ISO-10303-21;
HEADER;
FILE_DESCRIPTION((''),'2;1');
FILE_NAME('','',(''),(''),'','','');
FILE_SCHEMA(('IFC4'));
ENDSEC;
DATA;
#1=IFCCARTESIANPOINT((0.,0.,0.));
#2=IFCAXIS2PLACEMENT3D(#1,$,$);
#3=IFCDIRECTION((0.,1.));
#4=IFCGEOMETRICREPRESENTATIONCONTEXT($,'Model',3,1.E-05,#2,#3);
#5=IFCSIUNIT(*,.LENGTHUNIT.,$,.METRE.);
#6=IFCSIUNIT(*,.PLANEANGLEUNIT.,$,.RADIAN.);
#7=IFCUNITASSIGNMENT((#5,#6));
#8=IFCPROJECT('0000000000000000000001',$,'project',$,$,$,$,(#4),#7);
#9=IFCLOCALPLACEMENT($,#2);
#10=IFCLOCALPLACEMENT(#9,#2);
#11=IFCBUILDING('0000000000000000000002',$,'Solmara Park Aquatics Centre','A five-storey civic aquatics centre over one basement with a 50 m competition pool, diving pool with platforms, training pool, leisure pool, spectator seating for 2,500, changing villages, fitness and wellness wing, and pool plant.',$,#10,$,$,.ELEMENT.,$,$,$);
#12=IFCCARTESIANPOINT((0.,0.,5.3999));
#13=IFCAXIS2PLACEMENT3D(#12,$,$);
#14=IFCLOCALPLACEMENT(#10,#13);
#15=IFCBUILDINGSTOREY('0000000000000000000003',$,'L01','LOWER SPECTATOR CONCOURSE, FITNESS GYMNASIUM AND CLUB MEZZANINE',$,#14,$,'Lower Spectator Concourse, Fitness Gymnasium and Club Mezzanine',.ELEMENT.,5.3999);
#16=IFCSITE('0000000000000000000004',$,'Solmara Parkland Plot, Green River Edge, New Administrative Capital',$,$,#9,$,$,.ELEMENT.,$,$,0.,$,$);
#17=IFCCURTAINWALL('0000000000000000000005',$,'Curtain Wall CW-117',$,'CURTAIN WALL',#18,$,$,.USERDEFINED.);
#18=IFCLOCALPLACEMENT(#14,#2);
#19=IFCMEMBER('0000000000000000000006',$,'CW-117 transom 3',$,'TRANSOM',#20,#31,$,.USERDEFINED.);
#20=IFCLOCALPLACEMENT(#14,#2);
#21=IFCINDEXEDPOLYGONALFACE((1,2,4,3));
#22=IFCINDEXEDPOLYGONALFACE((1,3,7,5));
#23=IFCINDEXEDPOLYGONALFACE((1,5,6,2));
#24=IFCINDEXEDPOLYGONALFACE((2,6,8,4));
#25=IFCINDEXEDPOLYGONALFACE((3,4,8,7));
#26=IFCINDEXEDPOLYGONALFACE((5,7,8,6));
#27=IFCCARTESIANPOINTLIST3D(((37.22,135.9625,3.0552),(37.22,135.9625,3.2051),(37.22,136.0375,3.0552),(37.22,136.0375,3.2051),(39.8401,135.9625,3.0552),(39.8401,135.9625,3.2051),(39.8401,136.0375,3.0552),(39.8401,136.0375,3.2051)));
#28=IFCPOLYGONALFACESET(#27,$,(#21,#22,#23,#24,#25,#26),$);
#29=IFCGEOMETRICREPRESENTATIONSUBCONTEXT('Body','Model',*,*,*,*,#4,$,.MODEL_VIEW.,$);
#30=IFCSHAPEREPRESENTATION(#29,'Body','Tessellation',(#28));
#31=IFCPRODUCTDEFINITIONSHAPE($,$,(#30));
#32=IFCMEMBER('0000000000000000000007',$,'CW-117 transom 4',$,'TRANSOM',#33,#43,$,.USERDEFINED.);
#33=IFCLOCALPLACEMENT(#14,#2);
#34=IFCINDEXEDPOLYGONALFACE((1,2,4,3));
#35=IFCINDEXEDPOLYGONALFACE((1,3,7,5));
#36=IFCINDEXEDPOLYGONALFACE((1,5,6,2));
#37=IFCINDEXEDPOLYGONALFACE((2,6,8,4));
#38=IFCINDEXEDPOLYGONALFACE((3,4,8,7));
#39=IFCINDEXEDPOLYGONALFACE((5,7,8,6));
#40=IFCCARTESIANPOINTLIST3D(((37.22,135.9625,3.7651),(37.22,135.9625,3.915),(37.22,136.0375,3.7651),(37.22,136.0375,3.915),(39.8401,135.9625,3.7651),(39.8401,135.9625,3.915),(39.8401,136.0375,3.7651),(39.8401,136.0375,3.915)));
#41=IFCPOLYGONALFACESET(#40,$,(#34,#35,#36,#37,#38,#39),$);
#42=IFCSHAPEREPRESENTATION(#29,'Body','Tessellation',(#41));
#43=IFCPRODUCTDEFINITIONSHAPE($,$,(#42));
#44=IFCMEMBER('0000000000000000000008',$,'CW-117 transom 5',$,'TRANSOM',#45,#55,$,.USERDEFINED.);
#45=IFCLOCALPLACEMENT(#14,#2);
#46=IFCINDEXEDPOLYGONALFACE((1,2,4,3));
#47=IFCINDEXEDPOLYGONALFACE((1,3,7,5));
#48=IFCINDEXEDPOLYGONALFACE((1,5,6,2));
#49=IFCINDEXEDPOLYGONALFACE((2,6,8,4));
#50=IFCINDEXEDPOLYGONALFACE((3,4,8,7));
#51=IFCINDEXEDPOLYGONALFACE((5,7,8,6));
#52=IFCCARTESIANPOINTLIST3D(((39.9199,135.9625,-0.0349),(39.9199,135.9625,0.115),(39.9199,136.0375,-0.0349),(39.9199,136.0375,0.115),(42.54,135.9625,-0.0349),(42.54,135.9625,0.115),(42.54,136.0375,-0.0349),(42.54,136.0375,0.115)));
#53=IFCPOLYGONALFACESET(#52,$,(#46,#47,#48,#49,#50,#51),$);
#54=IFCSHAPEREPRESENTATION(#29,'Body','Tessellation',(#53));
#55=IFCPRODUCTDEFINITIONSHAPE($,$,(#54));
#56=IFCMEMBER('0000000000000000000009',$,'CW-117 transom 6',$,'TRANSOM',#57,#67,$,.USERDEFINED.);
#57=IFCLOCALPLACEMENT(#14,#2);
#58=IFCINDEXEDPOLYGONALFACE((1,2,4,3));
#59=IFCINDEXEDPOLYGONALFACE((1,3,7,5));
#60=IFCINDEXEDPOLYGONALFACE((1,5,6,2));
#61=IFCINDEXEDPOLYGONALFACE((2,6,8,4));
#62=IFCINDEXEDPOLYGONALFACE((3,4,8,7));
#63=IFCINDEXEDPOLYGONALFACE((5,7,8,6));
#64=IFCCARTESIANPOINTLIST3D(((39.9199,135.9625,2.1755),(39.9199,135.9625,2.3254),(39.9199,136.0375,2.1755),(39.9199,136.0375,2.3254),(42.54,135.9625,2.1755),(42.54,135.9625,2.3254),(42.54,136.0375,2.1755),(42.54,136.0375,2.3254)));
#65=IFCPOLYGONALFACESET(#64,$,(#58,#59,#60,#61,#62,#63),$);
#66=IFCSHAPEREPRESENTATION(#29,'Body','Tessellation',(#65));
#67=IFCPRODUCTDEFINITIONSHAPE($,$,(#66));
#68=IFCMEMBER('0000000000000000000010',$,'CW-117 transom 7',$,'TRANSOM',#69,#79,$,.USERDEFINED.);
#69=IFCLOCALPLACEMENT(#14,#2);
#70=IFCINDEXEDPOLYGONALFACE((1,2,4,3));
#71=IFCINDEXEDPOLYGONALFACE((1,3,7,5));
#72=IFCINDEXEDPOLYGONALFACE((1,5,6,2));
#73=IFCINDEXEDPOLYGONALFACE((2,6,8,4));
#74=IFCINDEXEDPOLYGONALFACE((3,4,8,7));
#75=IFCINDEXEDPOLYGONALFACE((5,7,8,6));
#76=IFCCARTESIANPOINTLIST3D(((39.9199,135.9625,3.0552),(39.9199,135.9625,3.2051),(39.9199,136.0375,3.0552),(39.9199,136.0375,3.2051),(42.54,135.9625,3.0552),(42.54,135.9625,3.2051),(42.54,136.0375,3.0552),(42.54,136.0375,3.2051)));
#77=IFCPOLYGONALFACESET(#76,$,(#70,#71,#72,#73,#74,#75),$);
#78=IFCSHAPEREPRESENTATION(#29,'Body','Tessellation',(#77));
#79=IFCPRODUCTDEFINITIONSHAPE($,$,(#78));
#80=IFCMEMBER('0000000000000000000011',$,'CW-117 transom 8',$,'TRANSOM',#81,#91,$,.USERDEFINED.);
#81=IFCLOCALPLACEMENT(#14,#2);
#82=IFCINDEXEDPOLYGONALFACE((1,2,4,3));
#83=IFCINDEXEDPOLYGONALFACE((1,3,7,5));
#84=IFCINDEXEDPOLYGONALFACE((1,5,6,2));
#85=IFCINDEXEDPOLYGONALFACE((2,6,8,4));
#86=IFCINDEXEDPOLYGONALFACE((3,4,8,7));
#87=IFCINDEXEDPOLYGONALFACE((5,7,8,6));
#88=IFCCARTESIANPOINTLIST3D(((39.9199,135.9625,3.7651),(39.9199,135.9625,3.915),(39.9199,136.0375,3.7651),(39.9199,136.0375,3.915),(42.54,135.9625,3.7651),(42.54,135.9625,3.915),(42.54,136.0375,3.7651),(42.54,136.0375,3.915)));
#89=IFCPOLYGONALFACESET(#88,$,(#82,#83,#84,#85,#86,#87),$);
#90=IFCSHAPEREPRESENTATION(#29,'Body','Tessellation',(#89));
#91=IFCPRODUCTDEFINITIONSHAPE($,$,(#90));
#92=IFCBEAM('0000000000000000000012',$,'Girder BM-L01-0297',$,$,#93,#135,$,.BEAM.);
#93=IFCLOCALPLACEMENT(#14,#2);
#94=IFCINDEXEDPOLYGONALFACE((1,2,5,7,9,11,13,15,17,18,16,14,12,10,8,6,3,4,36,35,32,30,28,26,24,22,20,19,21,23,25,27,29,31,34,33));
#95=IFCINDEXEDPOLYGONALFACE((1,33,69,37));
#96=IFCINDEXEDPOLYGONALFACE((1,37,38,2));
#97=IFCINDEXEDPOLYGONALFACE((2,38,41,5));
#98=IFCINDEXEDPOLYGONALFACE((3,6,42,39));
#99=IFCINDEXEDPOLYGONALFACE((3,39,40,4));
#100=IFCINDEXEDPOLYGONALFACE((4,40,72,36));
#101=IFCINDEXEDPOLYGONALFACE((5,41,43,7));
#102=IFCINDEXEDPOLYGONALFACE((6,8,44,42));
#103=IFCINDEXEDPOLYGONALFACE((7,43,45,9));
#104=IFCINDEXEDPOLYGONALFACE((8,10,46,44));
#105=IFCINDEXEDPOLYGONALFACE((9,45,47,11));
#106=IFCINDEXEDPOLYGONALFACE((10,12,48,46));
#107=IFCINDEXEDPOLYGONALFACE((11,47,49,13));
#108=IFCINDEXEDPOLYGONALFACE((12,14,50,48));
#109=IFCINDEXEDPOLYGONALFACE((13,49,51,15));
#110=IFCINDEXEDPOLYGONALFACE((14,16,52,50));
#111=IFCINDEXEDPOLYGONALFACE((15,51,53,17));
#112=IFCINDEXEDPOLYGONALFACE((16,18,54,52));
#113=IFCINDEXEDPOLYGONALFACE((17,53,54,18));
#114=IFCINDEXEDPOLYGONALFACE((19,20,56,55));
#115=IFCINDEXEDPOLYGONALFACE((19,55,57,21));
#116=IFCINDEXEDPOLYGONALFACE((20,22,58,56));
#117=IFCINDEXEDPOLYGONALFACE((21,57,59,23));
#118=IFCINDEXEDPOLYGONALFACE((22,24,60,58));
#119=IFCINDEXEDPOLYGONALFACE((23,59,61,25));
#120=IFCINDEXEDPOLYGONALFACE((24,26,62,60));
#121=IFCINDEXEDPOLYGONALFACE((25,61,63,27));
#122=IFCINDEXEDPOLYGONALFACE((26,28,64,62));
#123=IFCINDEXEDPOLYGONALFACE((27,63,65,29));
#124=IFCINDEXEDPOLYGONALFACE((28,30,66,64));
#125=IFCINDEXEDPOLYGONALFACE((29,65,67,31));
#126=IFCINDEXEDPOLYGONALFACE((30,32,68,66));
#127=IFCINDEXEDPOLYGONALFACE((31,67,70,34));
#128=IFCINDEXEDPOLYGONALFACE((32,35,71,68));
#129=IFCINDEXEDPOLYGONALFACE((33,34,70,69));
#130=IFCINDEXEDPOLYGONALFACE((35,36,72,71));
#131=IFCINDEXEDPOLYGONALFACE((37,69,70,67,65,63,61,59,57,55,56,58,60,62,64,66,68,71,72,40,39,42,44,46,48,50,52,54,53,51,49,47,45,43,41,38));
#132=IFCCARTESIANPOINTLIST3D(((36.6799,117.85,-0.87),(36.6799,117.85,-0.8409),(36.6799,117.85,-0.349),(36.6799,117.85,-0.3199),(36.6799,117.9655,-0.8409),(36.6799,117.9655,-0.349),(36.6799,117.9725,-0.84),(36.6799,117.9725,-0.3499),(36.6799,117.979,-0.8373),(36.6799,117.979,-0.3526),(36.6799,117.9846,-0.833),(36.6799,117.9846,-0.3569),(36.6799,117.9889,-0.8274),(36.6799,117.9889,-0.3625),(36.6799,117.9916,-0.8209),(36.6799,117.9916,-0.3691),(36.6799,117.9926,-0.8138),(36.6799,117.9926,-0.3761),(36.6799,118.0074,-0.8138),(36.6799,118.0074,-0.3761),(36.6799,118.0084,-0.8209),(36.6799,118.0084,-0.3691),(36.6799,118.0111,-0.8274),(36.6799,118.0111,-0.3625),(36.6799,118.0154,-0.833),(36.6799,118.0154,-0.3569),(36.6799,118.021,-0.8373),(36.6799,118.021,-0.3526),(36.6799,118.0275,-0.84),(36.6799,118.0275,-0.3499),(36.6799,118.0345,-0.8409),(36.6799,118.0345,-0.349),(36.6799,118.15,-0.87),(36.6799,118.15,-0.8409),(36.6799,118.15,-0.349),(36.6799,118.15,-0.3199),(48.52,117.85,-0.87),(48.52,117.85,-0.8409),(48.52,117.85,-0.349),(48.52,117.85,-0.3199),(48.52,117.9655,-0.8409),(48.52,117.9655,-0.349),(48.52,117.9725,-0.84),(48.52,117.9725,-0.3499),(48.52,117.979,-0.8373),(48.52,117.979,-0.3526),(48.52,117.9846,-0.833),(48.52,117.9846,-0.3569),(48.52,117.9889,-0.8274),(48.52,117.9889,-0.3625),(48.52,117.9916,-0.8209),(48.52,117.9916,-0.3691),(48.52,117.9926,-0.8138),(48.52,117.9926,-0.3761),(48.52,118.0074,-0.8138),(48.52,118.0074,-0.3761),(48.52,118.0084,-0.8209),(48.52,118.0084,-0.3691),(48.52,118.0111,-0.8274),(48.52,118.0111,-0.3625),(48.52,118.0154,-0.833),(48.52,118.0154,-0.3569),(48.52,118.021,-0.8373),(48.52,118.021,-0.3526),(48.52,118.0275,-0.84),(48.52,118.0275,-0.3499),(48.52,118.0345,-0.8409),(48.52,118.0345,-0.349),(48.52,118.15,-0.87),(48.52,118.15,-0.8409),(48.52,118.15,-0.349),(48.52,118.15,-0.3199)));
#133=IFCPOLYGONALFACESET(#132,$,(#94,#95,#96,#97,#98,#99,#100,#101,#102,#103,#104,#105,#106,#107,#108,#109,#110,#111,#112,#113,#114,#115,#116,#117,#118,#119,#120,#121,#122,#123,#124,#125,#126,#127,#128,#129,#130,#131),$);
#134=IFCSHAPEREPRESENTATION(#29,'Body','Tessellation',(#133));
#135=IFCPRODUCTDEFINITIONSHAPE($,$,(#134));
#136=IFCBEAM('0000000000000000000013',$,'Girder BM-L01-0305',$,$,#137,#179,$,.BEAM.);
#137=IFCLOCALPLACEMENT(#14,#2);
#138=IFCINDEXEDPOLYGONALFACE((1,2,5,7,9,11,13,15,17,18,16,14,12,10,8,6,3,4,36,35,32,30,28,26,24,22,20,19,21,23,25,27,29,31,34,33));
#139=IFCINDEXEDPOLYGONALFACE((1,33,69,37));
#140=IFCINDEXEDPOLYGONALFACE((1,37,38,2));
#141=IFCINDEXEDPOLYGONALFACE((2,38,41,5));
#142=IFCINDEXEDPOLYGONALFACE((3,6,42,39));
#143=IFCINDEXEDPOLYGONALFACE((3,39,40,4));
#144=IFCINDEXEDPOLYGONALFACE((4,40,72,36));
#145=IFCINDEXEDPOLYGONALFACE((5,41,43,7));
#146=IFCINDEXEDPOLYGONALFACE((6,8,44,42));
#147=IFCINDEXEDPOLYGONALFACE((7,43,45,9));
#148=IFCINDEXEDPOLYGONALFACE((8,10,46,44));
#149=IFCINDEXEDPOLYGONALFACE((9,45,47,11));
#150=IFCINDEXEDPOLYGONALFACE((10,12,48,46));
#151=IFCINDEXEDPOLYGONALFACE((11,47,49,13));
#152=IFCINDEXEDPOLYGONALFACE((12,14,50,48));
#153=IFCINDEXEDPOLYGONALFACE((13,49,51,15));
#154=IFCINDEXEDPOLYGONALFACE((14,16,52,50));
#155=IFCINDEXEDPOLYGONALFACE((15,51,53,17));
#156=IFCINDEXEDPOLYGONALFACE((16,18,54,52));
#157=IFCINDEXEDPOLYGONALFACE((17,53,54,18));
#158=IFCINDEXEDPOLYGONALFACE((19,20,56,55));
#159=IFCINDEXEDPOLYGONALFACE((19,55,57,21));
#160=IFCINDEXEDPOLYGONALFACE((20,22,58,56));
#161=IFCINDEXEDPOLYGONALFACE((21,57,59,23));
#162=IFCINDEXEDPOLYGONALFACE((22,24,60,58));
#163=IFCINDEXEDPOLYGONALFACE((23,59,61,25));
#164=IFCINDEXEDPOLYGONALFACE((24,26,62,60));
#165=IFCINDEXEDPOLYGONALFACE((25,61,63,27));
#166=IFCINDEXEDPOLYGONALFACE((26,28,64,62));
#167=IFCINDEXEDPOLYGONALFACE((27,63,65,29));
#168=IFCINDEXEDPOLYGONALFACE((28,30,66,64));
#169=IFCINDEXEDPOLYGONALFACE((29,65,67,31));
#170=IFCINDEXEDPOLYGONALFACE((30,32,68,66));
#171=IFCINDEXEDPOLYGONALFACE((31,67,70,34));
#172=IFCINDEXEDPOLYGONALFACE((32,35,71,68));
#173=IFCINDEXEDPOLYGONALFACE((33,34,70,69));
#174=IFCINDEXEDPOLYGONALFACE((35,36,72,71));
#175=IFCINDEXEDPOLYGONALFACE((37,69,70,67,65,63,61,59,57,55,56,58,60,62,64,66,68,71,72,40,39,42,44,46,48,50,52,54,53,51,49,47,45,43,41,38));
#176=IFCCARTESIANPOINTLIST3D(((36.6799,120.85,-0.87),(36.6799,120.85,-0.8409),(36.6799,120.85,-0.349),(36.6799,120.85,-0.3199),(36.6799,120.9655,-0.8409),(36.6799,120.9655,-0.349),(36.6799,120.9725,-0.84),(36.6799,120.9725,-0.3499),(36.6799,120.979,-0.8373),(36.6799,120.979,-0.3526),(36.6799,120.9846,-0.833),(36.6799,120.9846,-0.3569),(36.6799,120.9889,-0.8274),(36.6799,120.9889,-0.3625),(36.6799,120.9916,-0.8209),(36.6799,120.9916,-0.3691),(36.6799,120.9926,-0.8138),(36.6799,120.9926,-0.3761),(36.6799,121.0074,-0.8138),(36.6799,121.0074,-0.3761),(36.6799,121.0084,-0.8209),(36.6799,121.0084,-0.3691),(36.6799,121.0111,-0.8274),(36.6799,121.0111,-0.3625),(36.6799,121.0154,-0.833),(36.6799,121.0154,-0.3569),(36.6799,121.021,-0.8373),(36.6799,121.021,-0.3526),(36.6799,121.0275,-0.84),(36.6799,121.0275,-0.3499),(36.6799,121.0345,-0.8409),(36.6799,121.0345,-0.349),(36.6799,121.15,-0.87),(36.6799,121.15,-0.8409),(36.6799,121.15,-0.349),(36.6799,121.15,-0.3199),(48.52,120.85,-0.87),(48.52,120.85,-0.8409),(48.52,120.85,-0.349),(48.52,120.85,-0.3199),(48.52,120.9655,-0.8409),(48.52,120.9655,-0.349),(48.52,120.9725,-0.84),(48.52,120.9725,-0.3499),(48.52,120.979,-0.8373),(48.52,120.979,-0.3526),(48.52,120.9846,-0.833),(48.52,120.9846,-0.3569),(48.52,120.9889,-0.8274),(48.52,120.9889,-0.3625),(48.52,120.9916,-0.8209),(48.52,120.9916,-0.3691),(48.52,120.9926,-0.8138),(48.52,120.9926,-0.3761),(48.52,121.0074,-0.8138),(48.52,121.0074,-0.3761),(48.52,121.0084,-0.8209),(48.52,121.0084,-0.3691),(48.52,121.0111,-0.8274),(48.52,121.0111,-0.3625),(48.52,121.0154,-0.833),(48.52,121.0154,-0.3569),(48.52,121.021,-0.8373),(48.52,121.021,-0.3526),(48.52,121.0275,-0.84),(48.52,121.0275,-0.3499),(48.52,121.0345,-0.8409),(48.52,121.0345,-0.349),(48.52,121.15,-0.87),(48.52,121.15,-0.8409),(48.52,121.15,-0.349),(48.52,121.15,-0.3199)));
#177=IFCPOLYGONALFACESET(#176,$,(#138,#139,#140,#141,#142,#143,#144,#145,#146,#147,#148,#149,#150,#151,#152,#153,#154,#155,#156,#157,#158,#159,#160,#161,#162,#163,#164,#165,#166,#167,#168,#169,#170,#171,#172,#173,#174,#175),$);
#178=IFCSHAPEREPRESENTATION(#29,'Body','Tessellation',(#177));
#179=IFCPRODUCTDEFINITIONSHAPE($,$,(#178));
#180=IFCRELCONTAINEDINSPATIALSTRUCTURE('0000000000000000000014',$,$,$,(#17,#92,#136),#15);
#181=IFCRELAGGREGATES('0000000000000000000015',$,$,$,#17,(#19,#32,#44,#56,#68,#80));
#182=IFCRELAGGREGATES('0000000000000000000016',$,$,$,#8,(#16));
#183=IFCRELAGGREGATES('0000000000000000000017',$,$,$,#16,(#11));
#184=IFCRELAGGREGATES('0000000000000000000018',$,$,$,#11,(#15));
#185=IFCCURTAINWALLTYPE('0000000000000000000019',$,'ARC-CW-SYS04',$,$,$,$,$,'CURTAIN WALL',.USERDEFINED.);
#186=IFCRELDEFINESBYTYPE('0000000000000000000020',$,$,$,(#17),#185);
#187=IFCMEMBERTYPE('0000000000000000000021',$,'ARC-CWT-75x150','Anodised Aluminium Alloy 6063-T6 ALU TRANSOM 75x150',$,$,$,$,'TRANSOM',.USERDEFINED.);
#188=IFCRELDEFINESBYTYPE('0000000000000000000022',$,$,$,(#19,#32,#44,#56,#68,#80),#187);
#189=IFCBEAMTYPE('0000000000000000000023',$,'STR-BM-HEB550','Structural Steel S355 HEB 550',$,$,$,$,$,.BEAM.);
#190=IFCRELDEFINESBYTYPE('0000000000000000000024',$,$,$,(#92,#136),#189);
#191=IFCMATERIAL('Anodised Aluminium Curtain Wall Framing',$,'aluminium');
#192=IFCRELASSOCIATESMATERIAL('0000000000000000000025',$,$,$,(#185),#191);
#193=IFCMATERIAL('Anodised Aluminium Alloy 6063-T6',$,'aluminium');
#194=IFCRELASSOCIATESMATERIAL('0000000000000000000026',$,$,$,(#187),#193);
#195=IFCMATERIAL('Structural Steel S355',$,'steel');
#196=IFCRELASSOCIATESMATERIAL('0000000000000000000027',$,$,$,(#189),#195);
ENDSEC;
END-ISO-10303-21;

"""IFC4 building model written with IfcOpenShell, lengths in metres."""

from ifc_helpers import new_model, si_unit, direction, frame, origin, origin_2d, place, context, subcontext, project, spatial, rectangle, i_section, extrude, material, material_profile, profile_set, type_object, element, aggregate, save


model = new_model("IFC4")

# Units and contexts
model_context = context("Model", 3, precision=1e-05, world=origin(), true_north=direction((0.0, 1.0)))
body_context = subcontext(model_context, "Body", "Model", "MODEL_VIEW")
ifc_project = project(units=[si_unit("LENGTHUNIT", "METRE"), si_unit("PLANEANGLEUNIT", "RADIAN")], contexts=[model_context])

# Site, building, storey
site_placement = place(None, origin())
site = spatial("IfcSite", under=ifc_project, at=site_placement, Name="Solmara Parkland Plot, Green River Edge, New Administrative Capital", CompositionType="ELEMENT", RefElevation=0.0)
building_placement = place(site_placement, origin())
building = spatial("IfcBuilding", under=site, at=building_placement, Name="Solmara Park Aquatics Centre", Description="A five-storey civic aquatics centre over one basement with a 50 m competition pool, diving pool with platforms, training pool, leisure pool, spectator seating for 2,500, changing villages, fitness and wellness wing, and pool plant.", CompositionType="ELEMENT")
storey_placement = place(building_placement, frame((0.0, 0.0, 5.3999)))
storey = spatial("IfcBuildingStorey", under=building, at=storey_placement, Name="L01", Description="LOWER SPECTATOR CONCOURSE, FITNESS GYMNASIUM AND CLUB MEZZANINE", LongName="Lower Spectator Concourse, Fitness Gymnasium and Club Mezzanine", CompositionType="ELEMENT", Elevation=5.3999)

# Shared definitions
ifc_material_1 = material(Name="Structural Steel S355", Category="steel")

# Curtain wall, members
ifc_material_2 = material(Name="Anodised Aluminium Curtain Wall Framing", Category="aluminium")
curtain_wall_type = type_object("IfcCurtainWallType", Name="ARC-CW-SYS04", ElementType="CURTAIN WALL", PredefinedType="USERDEFINED", material=ifc_material_2)
curtain_wall_placement = place(storey_placement, origin())
curtain_wall = element("IfcCurtainWall", 1, at=curtain_wall_placement, inside=storey, type_object=curtain_wall_type, Name="Curtain Wall CW-117", ObjectType="CURTAIN WALL", PredefinedType="USERDEFINED")
ifc_material_3 = material(Name="Anodised Aluminium Alloy 6063-T6", Category="aluminium")
ifc_material_profile_1 = material_profile(ifc_material_3, rectangle(XDim=0.075, YDim=0.1499, at=origin_2d()), Name="ALU TRANSOM 75x150")
ifc_profile_set_1 = profile_set([ifc_material_profile_1], Name="Anodised Aluminium Alloy 6063-T6")
member_type_1 = type_object("IfcMemberType", Name="ARC-CWT-75x150", Description="Anodised Aluminium Alloy 6063-T6 ALU TRANSOM 75x150", ElementType="TRANSOM", PredefinedType="USERDEFINED", material=ifc_profile_set_1)
member_1_placement = place(storey_placement, frame((37.22, 136.0, 3.1301), z_axis=(1.0, 0.0, 0.0), x_axis=(0.0, 1.0, 0.0)))
member_1 = element("IfcMember", 2, at=member_1_placement, type_object=member_type_1, Name="CW-117 transom 3", ObjectType="TRANSOM", PredefinedType="USERDEFINED", context=body_context, shape_type="SweptSolid", body=[
    extrude(rectangle(XDim=0.075, YDim=0.1499, at=origin_2d()), origin(), (0.0, 0.0, 1.0), 2.6201),
])
member_2_placement = place(storey_placement, frame((37.22, 136.0, 3.8401), z_axis=(1.0, 0.0, 0.0), x_axis=(0.0, 1.0, 0.0)))
member_2 = element("IfcMember", 3, at=member_2_placement, type_object=member_type_1, Name="CW-117 transom 4", ObjectType="TRANSOM", PredefinedType="USERDEFINED", context=body_context, shape_type="SweptSolid", body=[
    extrude(rectangle(XDim=0.075, YDim=0.1499, at=origin_2d()), origin(), (0.0, 0.0, 1.0), 2.6201),
])
member_3_placement = place(storey_placement, frame((39.9199, 136.0, 0.04), z_axis=(1.0, 0.0, 0.0), x_axis=(0.0, 1.0, 0.0)))
member_3 = element("IfcMember", 4, at=member_3_placement, type_object=member_type_1, Name="CW-117 transom 5", ObjectType="TRANSOM", PredefinedType="USERDEFINED", context=body_context, shape_type="SweptSolid", body=[
    extrude(rectangle(XDim=0.075, YDim=0.1499, at=origin_2d()), origin(), (0.0, 0.0, 1.0), 2.6201),
])
member_4_placement = place(storey_placement, frame((39.9199, 136.0, 2.2505), z_axis=(1.0, 0.0, 0.0), x_axis=(0.0, 1.0, 0.0)))
member_4 = element("IfcMember", 5, at=member_4_placement, type_object=member_type_1, Name="CW-117 transom 6", ObjectType="TRANSOM", PredefinedType="USERDEFINED", context=body_context, shape_type="SweptSolid", body=[
    extrude(rectangle(XDim=0.075, YDim=0.1499, at=origin_2d()), origin(), (0.0, 0.0, 1.0), 2.6201),
])
member_5_placement = place(storey_placement, frame((39.9199, 136.0, 3.1301), z_axis=(1.0, 0.0, 0.0), x_axis=(0.0, 1.0, 0.0)))
member_5 = element("IfcMember", 6, at=member_5_placement, type_object=member_type_1, Name="CW-117 transom 7", ObjectType="TRANSOM", PredefinedType="USERDEFINED", context=body_context, shape_type="SweptSolid", body=[
    extrude(rectangle(XDim=0.075, YDim=0.1499, at=origin_2d()), origin(), (0.0, 0.0, 1.0), 2.6201),
])
member_6_placement = place(storey_placement, frame((39.9199, 136.0, 3.8401), z_axis=(1.0, 0.0, 0.0), x_axis=(0.0, 1.0, 0.0)))
member_6 = element("IfcMember", 7, at=member_6_placement, type_object=member_type_1, Name="CW-117 transom 8", ObjectType="TRANSOM", PredefinedType="USERDEFINED", context=body_context, shape_type="SweptSolid", body=[
    extrude(rectangle(XDim=0.075, YDim=0.1499, at=origin_2d()), origin(), (0.0, 0.0, 1.0), 2.6201),
])

# Beams
ifc_material_profile_2 = material_profile(ifc_material_1, i_section(OverallWidth=0.3, OverallDepth=0.55, WebThickness=0.0149, FlangeThickness=0.0291, FilletRadius=0.0271, at=origin_2d()), Name="HEB 550")
ifc_profile_set_2 = profile_set([ifc_material_profile_2], Name="Structural Steel S355")
beam_type_1 = type_object("IfcBeamType", Name="STR-BM-HEB550", Description="Structural Steel S355 HEB 550", PredefinedType="BEAM", material=ifc_profile_set_2)
for number, where, z_axis, x_axis, name in (
    (8, (36.6799, 118.0, -0.595), (1.0, 0.0, 0.0), (0.0, 1.0, 0.0), "Girder BM-L01-0297"),
    (9, (36.6799, 121.0, -0.595), (1.0, 0.0, 0.0), (0.0, 1.0, 0.0), "Girder BM-L01-0305"),
):
    element("IfcBeam", number, at=place(storey_placement, frame(where, z_axis=z_axis, x_axis=x_axis)), inside=storey, type_object=beam_type_1, Name=name, PredefinedType="BEAM", context=body_context, shape_type="SweptSolid", body=[
        extrude(i_section(OverallWidth=0.3, OverallDepth=0.55, WebThickness=0.0149, FlangeThickness=0.0291, FilletRadius=0.0271, at=origin_2d()), origin(), (0.0, 0.0, 1.0), 11.8401),
    ])

aggregate(curtain_wall, [member_1, member_2, member_3, member_4, member_5, member_6])

save(model, "model.ifc")
